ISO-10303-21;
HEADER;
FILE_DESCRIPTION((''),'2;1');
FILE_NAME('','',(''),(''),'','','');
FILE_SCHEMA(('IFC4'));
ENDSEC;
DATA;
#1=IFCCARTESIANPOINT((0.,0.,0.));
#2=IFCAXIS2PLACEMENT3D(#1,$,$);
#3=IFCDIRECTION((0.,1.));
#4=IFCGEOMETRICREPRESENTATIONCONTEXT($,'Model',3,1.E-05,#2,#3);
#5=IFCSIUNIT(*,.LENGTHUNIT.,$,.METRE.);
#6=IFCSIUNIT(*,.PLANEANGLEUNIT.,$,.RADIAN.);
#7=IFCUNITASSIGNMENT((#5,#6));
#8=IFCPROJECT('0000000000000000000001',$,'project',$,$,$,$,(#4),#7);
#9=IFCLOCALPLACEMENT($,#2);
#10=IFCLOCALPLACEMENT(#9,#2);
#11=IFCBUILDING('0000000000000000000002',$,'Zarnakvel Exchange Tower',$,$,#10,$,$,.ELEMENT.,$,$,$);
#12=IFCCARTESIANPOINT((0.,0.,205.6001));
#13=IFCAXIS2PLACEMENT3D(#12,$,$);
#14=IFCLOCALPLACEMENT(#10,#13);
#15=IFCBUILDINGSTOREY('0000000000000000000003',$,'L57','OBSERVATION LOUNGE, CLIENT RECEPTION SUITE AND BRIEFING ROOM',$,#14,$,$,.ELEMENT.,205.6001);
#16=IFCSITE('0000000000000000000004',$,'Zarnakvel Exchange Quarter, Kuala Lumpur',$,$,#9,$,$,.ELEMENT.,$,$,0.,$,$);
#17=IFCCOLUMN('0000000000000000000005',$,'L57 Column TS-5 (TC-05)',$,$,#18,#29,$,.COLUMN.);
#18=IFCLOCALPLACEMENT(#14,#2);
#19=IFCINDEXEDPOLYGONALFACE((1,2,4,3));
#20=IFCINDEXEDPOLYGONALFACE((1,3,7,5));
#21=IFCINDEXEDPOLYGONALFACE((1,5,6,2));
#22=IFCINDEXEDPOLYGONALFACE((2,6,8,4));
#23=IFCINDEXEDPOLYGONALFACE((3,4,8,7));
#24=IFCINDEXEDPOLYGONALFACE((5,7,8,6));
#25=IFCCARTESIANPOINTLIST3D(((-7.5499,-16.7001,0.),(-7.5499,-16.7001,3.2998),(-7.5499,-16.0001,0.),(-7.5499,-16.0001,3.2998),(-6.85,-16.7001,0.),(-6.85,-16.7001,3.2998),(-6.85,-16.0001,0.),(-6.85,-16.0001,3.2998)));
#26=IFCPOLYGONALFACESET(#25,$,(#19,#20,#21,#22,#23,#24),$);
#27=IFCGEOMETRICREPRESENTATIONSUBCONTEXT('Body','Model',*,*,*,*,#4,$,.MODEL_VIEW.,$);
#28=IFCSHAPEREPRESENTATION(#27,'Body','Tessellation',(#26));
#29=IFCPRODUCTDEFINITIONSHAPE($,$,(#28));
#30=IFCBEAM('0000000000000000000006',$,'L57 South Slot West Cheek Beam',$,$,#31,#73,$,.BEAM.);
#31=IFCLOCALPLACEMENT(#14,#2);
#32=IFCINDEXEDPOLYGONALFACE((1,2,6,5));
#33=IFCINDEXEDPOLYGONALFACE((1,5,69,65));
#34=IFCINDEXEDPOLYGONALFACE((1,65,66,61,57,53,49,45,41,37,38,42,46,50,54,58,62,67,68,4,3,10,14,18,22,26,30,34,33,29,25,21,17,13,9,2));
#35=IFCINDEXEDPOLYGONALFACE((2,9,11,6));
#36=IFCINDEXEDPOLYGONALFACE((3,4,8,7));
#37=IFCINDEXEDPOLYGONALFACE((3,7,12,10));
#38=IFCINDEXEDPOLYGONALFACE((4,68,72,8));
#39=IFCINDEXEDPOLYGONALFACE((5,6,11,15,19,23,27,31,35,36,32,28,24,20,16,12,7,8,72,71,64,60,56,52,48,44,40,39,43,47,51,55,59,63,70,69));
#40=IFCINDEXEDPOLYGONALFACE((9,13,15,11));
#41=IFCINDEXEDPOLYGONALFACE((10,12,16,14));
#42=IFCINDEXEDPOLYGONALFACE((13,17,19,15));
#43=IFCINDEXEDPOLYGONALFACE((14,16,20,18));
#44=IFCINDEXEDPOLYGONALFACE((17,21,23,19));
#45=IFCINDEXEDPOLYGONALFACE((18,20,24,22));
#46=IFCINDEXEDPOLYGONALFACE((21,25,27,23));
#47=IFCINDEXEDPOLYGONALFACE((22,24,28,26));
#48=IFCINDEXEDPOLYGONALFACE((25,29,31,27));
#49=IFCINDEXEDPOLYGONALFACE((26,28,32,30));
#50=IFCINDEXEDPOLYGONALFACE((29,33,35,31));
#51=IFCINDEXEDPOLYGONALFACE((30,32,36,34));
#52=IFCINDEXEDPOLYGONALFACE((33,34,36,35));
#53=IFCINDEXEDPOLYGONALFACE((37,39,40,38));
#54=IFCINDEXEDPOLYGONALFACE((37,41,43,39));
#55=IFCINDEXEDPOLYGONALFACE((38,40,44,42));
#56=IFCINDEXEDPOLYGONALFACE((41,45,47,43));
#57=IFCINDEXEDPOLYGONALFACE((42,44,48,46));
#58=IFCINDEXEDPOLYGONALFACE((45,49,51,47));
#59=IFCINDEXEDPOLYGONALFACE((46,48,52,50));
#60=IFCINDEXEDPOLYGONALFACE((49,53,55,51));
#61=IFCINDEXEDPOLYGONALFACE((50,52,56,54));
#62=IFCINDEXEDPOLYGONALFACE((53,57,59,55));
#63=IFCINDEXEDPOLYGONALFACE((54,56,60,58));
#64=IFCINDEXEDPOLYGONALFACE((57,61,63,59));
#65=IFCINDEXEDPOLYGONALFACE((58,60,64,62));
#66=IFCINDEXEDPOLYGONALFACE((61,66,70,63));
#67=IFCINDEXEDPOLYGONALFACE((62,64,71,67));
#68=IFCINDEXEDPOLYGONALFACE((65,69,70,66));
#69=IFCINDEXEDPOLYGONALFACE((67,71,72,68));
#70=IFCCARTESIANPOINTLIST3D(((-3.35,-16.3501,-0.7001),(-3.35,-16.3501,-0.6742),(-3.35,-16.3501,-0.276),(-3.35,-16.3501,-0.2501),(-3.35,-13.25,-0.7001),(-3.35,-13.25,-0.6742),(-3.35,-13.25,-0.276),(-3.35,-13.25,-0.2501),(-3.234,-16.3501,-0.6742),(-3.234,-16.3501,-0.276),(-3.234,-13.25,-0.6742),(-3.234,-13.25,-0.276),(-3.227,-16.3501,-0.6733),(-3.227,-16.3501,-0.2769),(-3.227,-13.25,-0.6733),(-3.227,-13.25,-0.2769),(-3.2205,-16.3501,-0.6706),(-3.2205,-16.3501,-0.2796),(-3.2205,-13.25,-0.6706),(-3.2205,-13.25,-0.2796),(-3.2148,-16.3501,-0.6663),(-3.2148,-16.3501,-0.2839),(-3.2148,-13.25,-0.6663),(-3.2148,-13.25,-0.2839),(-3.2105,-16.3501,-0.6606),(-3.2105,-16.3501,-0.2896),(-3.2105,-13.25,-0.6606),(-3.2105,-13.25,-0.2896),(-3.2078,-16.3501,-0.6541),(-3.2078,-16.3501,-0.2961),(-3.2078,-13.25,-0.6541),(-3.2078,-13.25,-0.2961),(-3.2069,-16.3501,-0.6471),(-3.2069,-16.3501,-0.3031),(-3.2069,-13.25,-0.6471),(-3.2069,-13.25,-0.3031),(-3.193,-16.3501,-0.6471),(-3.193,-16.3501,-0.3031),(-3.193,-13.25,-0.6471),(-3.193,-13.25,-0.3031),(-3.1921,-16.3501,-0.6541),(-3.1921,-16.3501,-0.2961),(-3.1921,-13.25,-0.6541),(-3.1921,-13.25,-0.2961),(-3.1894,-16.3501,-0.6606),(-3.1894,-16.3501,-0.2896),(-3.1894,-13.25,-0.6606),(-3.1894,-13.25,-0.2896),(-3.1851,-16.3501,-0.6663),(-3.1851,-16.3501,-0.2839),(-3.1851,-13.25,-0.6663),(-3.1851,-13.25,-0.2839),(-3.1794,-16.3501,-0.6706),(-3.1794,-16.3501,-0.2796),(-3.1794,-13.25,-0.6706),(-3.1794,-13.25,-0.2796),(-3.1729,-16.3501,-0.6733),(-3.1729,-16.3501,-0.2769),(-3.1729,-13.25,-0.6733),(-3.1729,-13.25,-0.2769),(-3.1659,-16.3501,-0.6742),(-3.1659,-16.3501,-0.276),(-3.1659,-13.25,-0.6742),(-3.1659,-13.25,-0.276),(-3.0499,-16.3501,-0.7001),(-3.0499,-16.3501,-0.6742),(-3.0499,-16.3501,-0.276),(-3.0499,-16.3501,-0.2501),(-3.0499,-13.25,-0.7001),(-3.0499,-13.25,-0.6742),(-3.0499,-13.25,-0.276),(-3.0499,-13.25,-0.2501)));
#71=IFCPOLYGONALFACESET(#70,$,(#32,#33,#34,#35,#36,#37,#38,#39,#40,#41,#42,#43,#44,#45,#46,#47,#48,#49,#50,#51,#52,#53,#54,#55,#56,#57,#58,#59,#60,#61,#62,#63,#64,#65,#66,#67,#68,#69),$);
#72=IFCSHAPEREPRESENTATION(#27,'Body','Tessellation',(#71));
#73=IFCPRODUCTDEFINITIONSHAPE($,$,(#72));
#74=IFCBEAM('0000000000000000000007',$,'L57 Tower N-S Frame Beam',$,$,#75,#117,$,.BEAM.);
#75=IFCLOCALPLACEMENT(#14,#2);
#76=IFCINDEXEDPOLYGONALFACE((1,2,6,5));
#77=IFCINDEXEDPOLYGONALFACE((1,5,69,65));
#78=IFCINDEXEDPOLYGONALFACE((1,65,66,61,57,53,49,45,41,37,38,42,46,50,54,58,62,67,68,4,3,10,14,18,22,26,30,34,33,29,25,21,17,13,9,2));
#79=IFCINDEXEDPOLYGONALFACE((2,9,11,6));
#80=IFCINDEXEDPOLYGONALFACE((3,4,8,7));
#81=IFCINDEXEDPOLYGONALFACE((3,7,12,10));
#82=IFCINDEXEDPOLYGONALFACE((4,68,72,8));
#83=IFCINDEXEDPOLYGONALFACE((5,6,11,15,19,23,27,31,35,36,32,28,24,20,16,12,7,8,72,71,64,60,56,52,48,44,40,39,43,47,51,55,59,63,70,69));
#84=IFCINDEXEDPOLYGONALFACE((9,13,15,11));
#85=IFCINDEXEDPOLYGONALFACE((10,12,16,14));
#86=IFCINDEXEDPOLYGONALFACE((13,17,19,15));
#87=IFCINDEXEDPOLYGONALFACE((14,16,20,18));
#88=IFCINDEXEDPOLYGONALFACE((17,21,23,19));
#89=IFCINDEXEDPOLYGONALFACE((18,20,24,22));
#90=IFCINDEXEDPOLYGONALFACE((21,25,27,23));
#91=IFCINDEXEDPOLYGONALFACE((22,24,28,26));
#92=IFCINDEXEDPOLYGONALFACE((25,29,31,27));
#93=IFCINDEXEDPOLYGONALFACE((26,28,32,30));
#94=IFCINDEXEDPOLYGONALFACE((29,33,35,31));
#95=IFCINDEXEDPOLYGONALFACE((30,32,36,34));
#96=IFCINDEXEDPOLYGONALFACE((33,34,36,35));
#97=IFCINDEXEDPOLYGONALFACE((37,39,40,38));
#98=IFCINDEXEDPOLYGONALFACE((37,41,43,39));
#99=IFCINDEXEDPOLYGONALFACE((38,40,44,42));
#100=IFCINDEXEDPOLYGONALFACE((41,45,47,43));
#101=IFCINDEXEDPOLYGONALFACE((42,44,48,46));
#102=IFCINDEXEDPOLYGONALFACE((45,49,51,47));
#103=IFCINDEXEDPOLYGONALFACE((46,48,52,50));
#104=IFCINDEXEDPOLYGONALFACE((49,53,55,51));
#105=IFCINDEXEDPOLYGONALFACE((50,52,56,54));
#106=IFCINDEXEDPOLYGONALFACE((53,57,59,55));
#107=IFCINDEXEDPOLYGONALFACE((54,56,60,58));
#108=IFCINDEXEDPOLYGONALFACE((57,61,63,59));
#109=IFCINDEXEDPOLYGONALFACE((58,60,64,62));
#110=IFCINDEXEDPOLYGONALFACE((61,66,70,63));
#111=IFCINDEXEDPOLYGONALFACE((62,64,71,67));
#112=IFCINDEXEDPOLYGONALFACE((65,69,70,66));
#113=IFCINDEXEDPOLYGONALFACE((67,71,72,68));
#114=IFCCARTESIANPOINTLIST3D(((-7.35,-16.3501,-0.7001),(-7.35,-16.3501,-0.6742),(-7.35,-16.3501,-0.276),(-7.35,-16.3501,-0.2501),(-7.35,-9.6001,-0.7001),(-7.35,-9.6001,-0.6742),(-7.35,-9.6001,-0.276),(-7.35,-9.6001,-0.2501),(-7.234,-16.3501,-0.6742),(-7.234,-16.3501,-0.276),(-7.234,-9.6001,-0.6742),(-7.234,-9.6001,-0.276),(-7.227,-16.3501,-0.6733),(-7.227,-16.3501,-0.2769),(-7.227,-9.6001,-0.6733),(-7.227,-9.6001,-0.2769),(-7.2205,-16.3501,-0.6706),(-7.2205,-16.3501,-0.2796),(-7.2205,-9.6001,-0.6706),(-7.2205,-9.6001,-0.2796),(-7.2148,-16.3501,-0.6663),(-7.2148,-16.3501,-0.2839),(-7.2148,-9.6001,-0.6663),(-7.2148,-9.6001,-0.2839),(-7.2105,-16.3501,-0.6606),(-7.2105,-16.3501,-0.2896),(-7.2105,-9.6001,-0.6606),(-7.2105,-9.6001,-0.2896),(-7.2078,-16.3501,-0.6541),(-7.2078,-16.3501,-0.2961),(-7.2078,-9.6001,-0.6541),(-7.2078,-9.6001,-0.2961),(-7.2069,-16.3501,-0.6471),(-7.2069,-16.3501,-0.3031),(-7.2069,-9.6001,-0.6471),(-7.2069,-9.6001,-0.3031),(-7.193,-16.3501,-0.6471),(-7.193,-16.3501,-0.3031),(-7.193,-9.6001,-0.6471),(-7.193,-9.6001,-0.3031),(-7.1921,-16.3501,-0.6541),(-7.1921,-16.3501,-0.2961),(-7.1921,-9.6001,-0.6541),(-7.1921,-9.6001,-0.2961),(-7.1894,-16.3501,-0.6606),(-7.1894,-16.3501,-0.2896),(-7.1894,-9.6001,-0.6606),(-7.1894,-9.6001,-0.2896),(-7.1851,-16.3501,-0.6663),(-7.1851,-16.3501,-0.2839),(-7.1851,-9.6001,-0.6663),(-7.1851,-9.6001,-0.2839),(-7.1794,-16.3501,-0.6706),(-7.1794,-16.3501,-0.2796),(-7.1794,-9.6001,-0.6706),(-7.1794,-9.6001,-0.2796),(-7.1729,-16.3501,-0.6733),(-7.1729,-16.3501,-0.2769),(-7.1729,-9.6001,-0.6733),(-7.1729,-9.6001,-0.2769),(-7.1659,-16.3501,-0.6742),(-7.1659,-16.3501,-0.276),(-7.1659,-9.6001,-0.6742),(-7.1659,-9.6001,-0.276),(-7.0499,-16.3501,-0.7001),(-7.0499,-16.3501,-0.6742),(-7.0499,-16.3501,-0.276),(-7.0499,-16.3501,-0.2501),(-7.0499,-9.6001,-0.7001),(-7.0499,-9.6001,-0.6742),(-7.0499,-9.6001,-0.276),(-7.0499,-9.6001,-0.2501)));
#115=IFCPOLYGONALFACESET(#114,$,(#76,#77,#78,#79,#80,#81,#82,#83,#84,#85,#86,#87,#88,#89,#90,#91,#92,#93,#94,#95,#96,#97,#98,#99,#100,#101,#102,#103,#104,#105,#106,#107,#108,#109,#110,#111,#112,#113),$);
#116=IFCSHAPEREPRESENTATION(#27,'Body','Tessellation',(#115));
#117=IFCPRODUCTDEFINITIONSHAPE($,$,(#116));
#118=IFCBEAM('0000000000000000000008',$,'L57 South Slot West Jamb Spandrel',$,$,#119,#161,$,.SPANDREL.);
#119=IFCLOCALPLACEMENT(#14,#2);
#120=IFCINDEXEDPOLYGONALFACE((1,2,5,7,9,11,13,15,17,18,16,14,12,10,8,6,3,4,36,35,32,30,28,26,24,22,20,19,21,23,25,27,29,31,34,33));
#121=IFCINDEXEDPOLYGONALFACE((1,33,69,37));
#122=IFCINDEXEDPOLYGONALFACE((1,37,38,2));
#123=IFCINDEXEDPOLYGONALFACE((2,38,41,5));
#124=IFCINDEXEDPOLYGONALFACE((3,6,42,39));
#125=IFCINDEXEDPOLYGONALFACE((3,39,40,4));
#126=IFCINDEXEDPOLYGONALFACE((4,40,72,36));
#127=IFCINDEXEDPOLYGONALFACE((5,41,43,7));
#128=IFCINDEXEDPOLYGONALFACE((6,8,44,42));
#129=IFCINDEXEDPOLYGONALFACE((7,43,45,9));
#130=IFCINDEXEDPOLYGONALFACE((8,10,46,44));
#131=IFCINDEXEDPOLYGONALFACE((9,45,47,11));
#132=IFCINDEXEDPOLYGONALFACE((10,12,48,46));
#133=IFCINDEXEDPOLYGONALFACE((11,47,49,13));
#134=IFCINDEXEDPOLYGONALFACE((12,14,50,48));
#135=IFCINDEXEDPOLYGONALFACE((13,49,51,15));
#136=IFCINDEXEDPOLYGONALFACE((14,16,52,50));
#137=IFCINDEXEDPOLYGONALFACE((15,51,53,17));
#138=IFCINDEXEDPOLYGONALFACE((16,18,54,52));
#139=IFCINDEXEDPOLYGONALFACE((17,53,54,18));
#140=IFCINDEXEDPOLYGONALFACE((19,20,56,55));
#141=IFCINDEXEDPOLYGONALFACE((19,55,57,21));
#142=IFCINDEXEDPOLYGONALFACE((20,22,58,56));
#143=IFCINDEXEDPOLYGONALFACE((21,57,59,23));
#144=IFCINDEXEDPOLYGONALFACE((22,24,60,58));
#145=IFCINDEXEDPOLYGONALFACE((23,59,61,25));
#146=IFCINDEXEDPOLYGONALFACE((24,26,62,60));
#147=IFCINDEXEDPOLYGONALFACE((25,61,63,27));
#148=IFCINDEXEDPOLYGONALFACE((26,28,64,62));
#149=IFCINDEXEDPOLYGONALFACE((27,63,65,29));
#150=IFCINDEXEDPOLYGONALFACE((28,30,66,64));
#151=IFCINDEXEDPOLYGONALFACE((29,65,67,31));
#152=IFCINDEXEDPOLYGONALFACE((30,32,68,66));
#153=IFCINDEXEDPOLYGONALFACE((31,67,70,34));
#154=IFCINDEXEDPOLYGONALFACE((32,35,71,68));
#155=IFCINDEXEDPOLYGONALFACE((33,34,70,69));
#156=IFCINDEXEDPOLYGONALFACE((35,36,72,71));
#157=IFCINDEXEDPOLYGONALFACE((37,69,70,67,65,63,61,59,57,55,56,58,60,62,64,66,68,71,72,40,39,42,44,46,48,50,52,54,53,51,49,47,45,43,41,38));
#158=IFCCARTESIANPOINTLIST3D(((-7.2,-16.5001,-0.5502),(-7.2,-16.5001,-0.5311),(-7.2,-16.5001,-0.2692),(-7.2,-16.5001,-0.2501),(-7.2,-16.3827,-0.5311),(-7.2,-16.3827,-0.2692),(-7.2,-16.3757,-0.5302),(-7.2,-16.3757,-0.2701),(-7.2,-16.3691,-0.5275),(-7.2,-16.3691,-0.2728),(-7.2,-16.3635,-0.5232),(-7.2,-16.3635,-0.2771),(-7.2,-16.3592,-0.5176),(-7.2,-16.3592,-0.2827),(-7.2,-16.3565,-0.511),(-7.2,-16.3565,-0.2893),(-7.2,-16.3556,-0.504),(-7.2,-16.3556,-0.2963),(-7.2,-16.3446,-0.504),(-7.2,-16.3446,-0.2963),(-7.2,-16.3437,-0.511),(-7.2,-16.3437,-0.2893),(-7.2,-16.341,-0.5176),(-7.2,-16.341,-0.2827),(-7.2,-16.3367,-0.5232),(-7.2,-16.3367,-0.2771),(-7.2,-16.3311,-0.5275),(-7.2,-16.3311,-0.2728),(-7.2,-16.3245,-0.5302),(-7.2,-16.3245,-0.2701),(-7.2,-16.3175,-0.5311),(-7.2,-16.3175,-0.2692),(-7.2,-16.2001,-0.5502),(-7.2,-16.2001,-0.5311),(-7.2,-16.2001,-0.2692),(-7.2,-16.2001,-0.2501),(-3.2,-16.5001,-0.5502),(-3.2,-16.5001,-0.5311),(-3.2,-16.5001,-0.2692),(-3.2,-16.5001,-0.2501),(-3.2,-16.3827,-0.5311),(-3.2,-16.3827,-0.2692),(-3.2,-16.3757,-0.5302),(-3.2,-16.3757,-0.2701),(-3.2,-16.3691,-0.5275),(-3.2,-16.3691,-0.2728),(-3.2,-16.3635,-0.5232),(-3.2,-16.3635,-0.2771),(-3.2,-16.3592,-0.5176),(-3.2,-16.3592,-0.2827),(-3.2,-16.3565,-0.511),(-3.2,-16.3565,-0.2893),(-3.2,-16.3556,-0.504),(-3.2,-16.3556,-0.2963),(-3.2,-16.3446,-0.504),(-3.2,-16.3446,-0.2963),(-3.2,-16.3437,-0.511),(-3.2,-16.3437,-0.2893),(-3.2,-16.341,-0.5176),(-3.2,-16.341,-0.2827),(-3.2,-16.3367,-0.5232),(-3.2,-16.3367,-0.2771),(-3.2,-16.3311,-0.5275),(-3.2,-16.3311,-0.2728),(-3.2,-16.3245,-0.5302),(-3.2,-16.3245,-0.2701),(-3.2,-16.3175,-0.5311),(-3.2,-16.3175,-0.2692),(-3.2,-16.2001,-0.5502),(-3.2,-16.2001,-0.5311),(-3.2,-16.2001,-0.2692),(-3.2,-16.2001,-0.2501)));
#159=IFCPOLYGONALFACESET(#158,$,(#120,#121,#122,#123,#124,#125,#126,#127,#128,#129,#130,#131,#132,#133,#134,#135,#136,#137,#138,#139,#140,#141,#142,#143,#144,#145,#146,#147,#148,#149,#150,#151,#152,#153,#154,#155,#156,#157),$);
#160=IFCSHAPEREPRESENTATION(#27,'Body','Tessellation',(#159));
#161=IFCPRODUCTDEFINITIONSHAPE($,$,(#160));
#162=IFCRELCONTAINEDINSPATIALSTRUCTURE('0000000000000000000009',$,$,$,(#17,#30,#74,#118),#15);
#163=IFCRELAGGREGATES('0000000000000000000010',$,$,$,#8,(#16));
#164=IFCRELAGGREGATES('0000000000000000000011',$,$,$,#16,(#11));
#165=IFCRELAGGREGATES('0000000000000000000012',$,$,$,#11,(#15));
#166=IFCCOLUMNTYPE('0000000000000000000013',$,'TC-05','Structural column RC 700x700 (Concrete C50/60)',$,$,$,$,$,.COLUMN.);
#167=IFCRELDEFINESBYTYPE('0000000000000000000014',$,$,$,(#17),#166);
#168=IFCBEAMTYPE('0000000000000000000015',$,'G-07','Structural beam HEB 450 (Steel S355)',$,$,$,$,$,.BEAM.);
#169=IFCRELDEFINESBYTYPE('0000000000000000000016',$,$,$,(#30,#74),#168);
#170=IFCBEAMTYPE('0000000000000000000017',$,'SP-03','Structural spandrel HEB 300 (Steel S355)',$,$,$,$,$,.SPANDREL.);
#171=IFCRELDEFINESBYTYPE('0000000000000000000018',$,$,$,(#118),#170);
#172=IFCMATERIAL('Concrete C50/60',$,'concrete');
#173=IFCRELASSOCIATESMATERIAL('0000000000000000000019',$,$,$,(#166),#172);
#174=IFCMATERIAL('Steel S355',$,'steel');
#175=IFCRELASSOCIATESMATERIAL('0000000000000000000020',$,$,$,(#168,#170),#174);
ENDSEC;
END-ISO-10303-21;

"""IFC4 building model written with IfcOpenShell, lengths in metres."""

from ifc_helpers import new_model, si_unit, direction, frame, origin, origin_2d, place, context, subcontext, project, spatial, rectangle, i_section, extrude, material, material_profile, profile_set, type_object, element, save


model = new_model("IFC4")

# Units and contexts
model_context = context("Model", 3, precision=1e-05, world=origin(), true_north=direction((0.0, 1.0)))
body_context = subcontext(model_context, "Body", "Model", "MODEL_VIEW")
ifc_project = project(units=[si_unit("LENGTHUNIT", "METRE"), si_unit("PLANEANGLEUNIT", "RADIAN")], contexts=[model_context])

# Site, building, storey
site_placement = place(None, origin())
site = spatial("IfcSite", under=ifc_project, at=site_placement, Name="Zarnakvel Exchange Quarter, Kuala Lumpur", CompositionType="ELEMENT", RefElevation=0.0)
building_placement = place(site_placement, origin())
building = spatial("IfcBuilding", under=site, at=building_placement, Name="Zarnakvel Exchange Tower", CompositionType="ELEMENT")
storey_placement = place(building_placement, frame((0.0, 0.0, 205.6001)))
storey = spatial("IfcBuildingStorey", under=building, at=storey_placement, Name="L57", Description="OBSERVATION LOUNGE, CLIENT RECEPTION SUITE AND BRIEFING ROOM", CompositionType="ELEMENT", Elevation=205.6001)

# Column
ifc_material_1 = material(Name="Concrete C50/60", Category="concrete")
ifc_material_profile_1 = material_profile(ifc_material_1, rectangle(XDim=0.7, YDim=0.7, at=origin_2d()))
ifc_profile_set_1 = profile_set([ifc_material_profile_1], Name="Concrete C50/60")
column_type = type_object("IfcColumnType", Name="TC-05", Description="Structural column RC 700x700 (Concrete C50/60)", PredefinedType="COLUMN", material=ifc_profile_set_1)
column_placement = place(storey_placement, frame((-7.2, -16.3501, 0.0), z_axis=(0.0, 0.0, 1.0), x_axis=(1.0, 0.0, 0.0)))
element("IfcColumn", 1, at=column_placement, inside=storey, type_object=column_type, Name="L57 Column TS-5 (TC-05)", PredefinedType="COLUMN", context=body_context, shape_type="SweptSolid", body=[
    extrude(rectangle(XDim=0.7, YDim=0.7, at=origin_2d()), origin(), (0.0, 0.0, 1.0), 3.2998),
])

# Beams
ifc_material_2 = material(Name="Steel S355", Category="steel")
ifc_material_profile_2 = material_profile(ifc_material_2, i_section(OverallWidth=0.3, OverallDepth=0.45, WebThickness=0.0139, FlangeThickness=0.0259, FilletRadius=0.0271, at=origin_2d()))
ifc_profile_set_2 = profile_set([ifc_material_profile_2], Name="Steel S355")
beam_type_1 = type_object("IfcBeamType", Name="G-07", Description="Structural beam HEB 450 (Steel S355)", PredefinedType="BEAM", material=ifc_profile_set_2)
beam_1_placement = place(storey_placement, frame((-3.2, -16.3501, -0.4751), z_axis=(0.0, 1.0, 0.0), x_axis=(-1.0, 0.0, 0.0)))
element("IfcBeam", 2, at=beam_1_placement, inside=storey, type_object=beam_type_1, Name="L57 South Slot West Cheek Beam", PredefinedType="BEAM", context=body_context, shape_type="SweptSolid", body=[
    extrude(i_section(OverallWidth=0.3, OverallDepth=0.45, WebThickness=0.0139, FlangeThickness=0.0259, FilletRadius=0.0271, at=origin_2d()), origin(), (0.0, 0.0, 1.0), 3.1001),
])
beam_2_placement = place(storey_placement, frame((-7.2, -16.3501, -0.4751), z_axis=(0.0, 1.0, 0.0), x_axis=(-1.0, 0.0, 0.0)))
element("IfcBeam", 3, at=beam_2_placement, inside=storey, type_object=beam_type_1, Name="L57 Tower N-S Frame Beam", PredefinedType="BEAM", context=body_context, shape_type="SweptSolid", body=[
    extrude(i_section(OverallWidth=0.3, OverallDepth=0.45, WebThickness=0.0139, FlangeThickness=0.0259, FilletRadius=0.0271, at=origin_2d()), origin(), (0.0, 0.0, 1.0), 6.75),
])
ifc_material_profile_3 = material_profile(ifc_material_2, i_section(OverallWidth=0.3, OverallDepth=0.3, WebThickness=0.011, FlangeThickness=0.019, FilletRadius=0.0271, at=origin_2d()))
ifc_profile_set_3 = profile_set([ifc_material_profile_3], Name="Steel S355")
beam_type_2 = type_object("IfcBeamType", Name="SP-03", Description="Structural spandrel HEB 300 (Steel S355)", PredefinedType="SPANDREL", material=ifc_profile_set_3)
beam_3_placement = place(storey_placement, frame((-7.2, -16.3501, -0.4001), z_axis=(1.0, 0.0, 0.0), x_axis=(0.0, 1.0, 0.0)))
element("IfcBeam", 4, at=beam_3_placement, inside=storey, type_object=beam_type_2, Name="L57 South Slot West Jamb Spandrel", PredefinedType="SPANDREL", context=body_context, shape_type="SweptSolid", body=[
    extrude(i_section(OverallWidth=0.3, OverallDepth=0.3, WebThickness=0.011, FlangeThickness=0.019, FilletRadius=0.0271, at=origin_2d()), origin(), (0.0, 0.0, 1.0), 4.0),
])

save(model, "model.ifc")
